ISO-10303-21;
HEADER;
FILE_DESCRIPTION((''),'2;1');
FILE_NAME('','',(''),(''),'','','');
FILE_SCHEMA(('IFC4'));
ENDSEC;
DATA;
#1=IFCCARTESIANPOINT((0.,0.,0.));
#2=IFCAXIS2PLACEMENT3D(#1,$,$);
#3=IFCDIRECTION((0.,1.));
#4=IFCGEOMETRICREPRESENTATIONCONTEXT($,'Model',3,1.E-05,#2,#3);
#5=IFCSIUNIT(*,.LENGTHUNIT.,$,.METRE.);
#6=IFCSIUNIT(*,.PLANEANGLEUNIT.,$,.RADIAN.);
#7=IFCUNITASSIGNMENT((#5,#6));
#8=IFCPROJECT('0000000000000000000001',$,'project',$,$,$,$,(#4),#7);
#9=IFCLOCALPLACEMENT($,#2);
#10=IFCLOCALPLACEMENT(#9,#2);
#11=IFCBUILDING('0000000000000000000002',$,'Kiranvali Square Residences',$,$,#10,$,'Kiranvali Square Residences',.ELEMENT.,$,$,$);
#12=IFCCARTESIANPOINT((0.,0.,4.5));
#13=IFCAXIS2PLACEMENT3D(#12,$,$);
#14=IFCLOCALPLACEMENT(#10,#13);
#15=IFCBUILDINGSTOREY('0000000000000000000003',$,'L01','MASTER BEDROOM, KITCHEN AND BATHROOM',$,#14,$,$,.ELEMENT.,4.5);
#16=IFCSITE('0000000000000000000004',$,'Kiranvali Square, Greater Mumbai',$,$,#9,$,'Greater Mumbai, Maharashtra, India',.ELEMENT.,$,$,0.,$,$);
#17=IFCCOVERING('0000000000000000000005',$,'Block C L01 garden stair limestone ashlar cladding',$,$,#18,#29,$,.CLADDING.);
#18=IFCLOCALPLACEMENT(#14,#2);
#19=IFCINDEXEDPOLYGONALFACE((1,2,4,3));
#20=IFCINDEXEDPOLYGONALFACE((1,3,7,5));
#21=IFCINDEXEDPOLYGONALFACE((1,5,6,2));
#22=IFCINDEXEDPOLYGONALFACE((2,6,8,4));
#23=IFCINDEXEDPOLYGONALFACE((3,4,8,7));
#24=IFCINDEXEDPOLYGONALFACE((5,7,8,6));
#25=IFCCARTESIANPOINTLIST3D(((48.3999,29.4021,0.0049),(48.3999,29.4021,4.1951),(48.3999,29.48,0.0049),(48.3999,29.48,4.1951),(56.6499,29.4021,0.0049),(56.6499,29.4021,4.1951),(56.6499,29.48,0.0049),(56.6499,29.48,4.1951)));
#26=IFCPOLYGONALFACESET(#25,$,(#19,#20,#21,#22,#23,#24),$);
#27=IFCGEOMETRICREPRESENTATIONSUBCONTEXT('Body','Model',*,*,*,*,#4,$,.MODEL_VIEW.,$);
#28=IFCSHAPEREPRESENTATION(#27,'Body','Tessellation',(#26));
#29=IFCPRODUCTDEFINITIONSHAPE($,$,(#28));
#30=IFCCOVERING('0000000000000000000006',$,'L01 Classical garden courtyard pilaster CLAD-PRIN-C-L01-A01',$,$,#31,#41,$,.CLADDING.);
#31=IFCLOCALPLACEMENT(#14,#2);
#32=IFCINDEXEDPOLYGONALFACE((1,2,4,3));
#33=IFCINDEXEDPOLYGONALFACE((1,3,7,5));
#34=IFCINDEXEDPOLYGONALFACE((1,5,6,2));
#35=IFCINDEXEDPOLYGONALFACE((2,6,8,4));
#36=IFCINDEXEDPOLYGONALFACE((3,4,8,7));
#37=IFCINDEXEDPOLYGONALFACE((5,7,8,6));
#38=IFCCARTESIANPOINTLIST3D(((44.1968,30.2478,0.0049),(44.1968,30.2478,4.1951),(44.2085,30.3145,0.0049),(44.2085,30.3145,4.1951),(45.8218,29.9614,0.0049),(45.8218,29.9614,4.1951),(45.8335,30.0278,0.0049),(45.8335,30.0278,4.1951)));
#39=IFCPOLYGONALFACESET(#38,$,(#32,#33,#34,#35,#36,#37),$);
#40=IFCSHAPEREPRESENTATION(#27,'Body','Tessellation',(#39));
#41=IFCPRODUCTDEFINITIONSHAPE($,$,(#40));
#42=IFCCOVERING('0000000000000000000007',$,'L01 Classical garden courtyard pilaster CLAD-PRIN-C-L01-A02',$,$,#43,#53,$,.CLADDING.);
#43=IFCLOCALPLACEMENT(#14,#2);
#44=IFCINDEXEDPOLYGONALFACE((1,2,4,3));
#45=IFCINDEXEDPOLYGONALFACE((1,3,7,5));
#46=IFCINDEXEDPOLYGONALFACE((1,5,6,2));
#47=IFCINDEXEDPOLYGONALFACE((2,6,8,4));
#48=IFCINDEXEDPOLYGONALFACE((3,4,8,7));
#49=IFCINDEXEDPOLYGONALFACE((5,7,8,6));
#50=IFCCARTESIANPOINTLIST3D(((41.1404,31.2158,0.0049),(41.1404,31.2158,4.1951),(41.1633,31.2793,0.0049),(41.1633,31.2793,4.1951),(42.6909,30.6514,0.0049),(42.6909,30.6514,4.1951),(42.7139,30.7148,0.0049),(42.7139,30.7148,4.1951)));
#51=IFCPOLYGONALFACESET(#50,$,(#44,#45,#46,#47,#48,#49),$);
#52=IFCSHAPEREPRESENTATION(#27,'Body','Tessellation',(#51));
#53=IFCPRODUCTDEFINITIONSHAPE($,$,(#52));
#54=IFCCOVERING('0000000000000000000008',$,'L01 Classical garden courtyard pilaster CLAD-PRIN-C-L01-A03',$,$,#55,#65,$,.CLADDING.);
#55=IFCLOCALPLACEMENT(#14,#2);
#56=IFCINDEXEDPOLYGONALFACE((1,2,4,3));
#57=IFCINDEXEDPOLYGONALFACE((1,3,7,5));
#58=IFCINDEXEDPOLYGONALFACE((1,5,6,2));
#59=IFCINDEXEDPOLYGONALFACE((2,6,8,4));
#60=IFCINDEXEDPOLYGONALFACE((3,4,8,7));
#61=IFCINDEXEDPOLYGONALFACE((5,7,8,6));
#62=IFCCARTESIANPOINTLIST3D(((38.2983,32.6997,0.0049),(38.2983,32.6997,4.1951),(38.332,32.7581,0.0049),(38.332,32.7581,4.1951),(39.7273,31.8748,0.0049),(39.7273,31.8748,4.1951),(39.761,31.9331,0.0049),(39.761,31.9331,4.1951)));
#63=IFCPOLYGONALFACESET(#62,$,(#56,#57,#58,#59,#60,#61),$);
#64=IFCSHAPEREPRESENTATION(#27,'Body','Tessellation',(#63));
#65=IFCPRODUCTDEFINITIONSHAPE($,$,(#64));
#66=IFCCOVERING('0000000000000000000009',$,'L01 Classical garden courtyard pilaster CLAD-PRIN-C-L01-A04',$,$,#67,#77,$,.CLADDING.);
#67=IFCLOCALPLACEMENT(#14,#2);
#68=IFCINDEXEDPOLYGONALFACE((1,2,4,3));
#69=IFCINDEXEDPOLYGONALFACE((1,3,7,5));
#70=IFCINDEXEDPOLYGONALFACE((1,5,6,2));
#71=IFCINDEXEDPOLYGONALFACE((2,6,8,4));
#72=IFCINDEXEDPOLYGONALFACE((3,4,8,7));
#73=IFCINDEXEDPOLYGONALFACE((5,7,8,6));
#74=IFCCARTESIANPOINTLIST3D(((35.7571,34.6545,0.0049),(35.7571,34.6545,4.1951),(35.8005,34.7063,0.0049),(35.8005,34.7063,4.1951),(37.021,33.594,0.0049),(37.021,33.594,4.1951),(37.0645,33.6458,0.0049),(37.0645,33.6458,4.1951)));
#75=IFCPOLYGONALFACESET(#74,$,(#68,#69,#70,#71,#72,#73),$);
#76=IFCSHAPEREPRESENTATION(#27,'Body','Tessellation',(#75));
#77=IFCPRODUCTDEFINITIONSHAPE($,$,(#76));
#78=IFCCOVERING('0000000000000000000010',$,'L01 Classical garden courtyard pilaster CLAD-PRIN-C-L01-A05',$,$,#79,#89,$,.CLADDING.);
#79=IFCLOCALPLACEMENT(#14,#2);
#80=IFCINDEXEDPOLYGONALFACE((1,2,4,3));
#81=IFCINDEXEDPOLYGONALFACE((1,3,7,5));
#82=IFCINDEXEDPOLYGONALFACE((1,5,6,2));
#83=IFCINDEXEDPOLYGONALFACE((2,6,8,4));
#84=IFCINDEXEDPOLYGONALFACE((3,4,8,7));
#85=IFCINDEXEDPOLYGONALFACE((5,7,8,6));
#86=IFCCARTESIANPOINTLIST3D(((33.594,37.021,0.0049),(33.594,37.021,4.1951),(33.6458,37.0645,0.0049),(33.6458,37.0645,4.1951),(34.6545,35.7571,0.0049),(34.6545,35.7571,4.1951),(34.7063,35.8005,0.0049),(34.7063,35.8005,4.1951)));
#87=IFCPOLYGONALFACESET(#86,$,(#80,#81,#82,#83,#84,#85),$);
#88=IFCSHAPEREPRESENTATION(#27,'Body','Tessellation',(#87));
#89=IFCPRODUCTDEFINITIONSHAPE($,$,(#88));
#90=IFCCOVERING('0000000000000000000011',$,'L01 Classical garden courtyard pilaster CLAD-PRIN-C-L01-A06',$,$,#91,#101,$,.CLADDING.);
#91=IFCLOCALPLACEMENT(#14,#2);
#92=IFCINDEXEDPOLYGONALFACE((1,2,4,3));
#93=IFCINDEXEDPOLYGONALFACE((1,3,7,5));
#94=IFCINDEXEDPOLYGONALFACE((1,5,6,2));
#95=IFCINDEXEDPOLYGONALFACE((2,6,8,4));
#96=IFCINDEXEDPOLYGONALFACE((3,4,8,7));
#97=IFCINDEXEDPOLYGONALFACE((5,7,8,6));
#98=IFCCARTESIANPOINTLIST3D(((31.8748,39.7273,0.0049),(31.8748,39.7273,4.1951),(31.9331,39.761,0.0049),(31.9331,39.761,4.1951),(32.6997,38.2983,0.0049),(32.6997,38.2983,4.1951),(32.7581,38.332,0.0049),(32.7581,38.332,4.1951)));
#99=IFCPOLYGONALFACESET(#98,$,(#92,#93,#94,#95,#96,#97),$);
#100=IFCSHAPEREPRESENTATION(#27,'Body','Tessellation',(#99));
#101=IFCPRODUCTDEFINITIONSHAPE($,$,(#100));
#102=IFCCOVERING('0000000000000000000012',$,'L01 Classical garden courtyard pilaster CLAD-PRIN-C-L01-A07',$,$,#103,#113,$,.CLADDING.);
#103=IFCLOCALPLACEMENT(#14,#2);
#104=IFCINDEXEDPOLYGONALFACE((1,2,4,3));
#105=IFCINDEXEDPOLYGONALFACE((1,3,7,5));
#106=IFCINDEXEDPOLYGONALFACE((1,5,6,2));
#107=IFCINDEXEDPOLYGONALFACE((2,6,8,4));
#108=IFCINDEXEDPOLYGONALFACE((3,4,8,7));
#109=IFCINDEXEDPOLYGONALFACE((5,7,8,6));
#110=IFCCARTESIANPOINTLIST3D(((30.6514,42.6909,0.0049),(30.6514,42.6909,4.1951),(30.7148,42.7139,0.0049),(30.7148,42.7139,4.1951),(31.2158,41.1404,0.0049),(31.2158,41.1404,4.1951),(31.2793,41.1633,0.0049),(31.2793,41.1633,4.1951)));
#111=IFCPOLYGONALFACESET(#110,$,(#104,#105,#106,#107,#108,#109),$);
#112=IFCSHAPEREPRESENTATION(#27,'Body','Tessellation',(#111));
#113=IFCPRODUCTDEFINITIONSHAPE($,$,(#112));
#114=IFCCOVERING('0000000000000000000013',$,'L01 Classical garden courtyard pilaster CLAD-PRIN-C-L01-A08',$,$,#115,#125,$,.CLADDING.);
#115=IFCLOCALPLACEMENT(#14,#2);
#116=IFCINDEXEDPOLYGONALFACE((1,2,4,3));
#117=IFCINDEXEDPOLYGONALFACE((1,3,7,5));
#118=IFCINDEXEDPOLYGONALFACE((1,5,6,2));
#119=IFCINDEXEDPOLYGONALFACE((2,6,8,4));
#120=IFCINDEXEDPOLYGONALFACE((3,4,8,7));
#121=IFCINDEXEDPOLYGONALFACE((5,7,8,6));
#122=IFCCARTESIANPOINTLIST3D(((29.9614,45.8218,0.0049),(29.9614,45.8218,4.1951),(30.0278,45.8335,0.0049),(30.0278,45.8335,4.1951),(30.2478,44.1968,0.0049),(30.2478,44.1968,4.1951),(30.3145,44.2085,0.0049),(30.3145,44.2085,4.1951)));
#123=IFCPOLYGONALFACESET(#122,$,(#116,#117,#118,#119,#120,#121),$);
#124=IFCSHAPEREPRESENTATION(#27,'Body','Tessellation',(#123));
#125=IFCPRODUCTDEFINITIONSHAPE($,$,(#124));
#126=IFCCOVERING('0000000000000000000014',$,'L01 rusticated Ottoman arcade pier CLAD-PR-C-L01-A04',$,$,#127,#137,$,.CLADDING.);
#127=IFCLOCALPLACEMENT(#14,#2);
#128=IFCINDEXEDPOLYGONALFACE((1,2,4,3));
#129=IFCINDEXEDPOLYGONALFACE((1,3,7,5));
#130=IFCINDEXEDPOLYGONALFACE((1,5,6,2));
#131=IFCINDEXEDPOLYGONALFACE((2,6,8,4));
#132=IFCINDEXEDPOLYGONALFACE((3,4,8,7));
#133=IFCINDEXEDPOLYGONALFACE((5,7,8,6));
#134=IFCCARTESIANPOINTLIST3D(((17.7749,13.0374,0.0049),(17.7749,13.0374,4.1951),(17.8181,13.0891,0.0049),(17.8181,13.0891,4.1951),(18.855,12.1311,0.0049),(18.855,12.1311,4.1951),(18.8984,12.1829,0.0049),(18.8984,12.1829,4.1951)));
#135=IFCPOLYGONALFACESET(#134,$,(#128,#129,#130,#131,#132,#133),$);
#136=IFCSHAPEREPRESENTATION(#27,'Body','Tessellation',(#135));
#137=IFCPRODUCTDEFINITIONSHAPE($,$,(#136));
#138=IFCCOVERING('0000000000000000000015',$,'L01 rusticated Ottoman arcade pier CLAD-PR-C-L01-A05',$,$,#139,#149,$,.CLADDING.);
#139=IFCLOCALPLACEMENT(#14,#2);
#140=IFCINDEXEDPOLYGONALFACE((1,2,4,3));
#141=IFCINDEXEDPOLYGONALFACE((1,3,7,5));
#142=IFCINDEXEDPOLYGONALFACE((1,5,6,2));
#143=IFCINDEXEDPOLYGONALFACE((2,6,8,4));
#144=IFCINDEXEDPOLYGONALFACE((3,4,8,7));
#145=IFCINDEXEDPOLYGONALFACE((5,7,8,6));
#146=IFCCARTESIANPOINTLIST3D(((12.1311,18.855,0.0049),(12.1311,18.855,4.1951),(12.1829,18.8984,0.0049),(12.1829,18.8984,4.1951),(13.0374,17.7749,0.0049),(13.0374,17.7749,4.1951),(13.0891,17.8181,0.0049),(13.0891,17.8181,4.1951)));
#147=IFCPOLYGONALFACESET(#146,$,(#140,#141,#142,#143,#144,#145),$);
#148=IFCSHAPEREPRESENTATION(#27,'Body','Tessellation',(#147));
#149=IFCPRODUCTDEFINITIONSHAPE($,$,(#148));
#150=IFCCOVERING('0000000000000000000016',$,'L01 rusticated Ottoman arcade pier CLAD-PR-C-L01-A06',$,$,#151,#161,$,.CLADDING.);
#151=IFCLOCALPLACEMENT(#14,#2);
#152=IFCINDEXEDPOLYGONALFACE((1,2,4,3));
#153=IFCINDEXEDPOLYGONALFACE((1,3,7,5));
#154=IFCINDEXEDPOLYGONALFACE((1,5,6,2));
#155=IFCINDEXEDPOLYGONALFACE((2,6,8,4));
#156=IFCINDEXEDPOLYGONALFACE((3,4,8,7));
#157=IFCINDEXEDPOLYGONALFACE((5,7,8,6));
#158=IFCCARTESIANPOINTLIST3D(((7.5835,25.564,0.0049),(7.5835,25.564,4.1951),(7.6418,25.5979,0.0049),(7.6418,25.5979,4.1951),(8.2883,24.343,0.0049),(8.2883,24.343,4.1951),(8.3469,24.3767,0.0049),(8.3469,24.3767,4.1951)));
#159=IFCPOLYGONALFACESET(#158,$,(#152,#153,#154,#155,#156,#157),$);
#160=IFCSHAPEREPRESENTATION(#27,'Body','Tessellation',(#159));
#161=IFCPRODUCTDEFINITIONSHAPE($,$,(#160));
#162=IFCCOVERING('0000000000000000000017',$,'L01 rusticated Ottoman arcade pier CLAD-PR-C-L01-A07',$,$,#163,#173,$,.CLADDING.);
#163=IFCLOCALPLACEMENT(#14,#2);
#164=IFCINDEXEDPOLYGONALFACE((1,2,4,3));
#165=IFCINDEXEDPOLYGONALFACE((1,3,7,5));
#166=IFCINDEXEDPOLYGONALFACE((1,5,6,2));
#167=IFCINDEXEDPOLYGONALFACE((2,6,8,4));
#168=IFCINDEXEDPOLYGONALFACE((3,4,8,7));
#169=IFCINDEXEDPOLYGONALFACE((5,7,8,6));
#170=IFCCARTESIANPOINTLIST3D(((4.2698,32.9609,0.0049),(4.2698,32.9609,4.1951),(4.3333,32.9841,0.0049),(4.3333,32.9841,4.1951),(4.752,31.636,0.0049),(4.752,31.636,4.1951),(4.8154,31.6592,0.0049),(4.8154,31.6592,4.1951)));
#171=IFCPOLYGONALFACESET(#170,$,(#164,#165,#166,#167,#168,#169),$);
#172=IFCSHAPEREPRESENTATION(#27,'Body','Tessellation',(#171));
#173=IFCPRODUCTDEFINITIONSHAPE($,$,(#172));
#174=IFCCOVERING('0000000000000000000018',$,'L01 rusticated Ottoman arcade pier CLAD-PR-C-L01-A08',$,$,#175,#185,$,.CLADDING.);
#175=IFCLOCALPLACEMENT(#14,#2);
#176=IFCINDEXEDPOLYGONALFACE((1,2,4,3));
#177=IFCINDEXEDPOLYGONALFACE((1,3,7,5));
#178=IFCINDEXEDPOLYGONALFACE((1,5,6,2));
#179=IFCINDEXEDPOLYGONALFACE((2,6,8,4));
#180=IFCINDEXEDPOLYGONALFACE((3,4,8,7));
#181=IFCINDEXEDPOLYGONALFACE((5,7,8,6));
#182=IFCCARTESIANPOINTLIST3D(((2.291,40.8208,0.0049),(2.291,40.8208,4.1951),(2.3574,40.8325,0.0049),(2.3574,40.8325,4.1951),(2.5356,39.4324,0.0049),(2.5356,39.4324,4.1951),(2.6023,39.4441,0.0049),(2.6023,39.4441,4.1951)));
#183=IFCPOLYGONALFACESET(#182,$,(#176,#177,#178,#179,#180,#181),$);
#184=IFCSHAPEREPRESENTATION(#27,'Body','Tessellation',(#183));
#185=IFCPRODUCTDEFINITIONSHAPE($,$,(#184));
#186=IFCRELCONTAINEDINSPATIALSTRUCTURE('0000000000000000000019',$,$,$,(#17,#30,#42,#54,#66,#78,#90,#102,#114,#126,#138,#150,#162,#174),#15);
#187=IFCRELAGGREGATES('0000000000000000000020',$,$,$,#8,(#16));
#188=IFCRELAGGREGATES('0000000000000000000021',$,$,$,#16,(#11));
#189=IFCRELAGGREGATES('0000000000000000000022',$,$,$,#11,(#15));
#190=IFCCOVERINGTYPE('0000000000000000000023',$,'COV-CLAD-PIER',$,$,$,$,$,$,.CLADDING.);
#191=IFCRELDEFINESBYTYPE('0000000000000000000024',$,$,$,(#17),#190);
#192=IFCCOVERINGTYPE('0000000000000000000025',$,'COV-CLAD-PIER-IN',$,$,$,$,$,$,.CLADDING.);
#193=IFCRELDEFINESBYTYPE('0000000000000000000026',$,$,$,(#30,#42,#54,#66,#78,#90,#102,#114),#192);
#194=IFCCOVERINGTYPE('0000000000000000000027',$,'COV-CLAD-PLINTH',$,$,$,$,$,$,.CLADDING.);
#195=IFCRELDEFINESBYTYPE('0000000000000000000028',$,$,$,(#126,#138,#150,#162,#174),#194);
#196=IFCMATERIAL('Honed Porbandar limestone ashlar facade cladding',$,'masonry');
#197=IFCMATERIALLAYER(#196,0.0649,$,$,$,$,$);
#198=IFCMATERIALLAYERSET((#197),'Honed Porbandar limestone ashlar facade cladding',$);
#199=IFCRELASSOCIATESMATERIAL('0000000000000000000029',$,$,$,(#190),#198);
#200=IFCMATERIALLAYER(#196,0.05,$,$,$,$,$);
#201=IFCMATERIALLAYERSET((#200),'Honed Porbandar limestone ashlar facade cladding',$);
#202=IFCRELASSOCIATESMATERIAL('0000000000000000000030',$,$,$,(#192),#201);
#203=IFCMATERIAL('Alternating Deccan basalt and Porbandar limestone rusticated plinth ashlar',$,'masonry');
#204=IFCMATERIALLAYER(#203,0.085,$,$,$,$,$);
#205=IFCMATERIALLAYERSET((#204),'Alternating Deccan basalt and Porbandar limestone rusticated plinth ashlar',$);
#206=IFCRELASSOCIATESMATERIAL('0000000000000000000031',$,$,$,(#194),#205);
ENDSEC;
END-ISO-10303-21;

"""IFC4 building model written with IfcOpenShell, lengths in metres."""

from ifc_helpers import new_model, si_unit, direction, frame, origin, place, context, subcontext, project, spatial, polyline, outline, extrude, material, layer, layer_set, type_object, element, save


model = new_model("IFC4")

# Units and contexts
model_context = context("Model", 3, precision=1e-05, world=origin(), true_north=direction((0.0, 1.0)))
body_context = subcontext(model_context, "Body", "Model", "MODEL_VIEW")
ifc_project = project(units=[si_unit("LENGTHUNIT", "METRE"), si_unit("PLANEANGLEUNIT", "RADIAN")], contexts=[model_context])

# Site, building, storey
site_placement = place(None, origin())
site = spatial("IfcSite", under=ifc_project, at=site_placement, Name="Kiranvali Square, Greater Mumbai", LongName="Greater Mumbai, Maharashtra, India", CompositionType="ELEMENT", RefElevation=0.0)
building_placement = place(site_placement, origin())
building = spatial("IfcBuilding", under=site, at=building_placement, Name="Kiranvali Square Residences", LongName="Kiranvali Square Residences", CompositionType="ELEMENT")
storey_placement = place(building_placement, frame((0.0, 0.0, 4.5)))
storey = spatial("IfcBuildingStorey", under=building, at=storey_placement, Name="L01", Description="MASTER BEDROOM, KITCHEN AND BATHROOM", CompositionType="ELEMENT", Elevation=4.5)

# Coverings
ifc_material_1 = material(Name="Honed Porbandar limestone ashlar facade cladding", Category="masonry")
ifc_layer_1 = layer(ifc_material_1, 0.0649)
ifc_layer_set_1 = layer_set([ifc_layer_1], Name="Honed Porbandar limestone ashlar facade cladding")
covering_type_1 = type_object("IfcCoveringType", Name="COV-CLAD-PIER", PredefinedType="CLADDING", material=ifc_layer_set_1)
covering_1_placement = place(storey_placement, frame((0.0, 0.0, 0.0049)))
element("IfcCovering", 1, at=covering_1_placement, inside=storey, type_object=covering_type_1, Name="Block C L01 garden stair limestone ashlar cladding", PredefinedType="CLADDING", context=body_context, shape_type="SweptSolid", body=[
    extrude(outline(polyline([(48.3999, 29.4021), (56.6499, 29.4021), (56.6499, 29.48), (48.3999, 29.48), (48.3999, 29.4021)])), origin(), (0.0, 0.0, 1.0), 4.1902),
])
ifc_layer_2 = layer(ifc_material_1, 0.05)
ifc_layer_set_2 = layer_set([ifc_layer_2], Name="Honed Porbandar limestone ashlar facade cladding")
covering_type_2 = type_object("IfcCoveringType", Name="COV-CLAD-PIER-IN", PredefinedType="CLADDING", material=ifc_layer_set_2)
covering_2_placement = place(storey_placement, frame((0.0, 0.0, 0.0049)))
element("IfcCovering", 2, at=covering_2_placement, inside=storey, type_object=covering_type_2, Name="L01 Classical garden courtyard pilaster CLAD-PRIN-C-L01-A01", PredefinedType="CLADDING", context=body_context, shape_type="SweptSolid", body=[
    extrude(outline(polyline([(45.8335, 30.0278), (44.2085, 30.3145), (44.1968, 30.2478), (45.8218, 29.9614), (45.8335, 30.0278)])), origin(), (0.0, 0.0, 1.0), 4.1902),
])
covering_3_placement = place(storey_placement, frame((0.0, 0.0, 0.0049)))
element("IfcCovering", 3, at=covering_3_placement, inside=storey, type_object=covering_type_2, Name="L01 Classical garden courtyard pilaster CLAD-PRIN-C-L01-A02", PredefinedType="CLADDING", context=body_context, shape_type="SweptSolid", body=[
    extrude(outline(polyline([(42.7139, 30.7148), (41.1633, 31.2793), (41.1404, 31.2158), (42.6909, 30.6514), (42.7139, 30.7148)])), origin(), (0.0, 0.0, 1.0), 4.1902),
])
covering_4_placement = place(storey_placement, frame((0.0, 0.0, 0.0049)))
element("IfcCovering", 4, at=covering_4_placement, inside=storey, type_object=covering_type_2, Name="L01 Classical garden courtyard pilaster CLAD-PRIN-C-L01-A03", PredefinedType="CLADDING", context=body_context, shape_type="SweptSolid", body=[
    extrude(outline(polyline([(39.761, 31.9331), (38.332, 32.7581), (38.2983, 32.6997), (39.7273, 31.8748), (39.761, 31.9331)])), origin(), (0.0, 0.0, 1.0), 4.1902),
])
covering_5_placement = place(storey_placement, frame((0.0, 0.0, 0.0049)))
element("IfcCovering", 5, at=covering_5_placement, inside=storey, type_object=covering_type_2, Name="L01 Classical garden courtyard pilaster CLAD-PRIN-C-L01-A04", PredefinedType="CLADDING", context=body_context, shape_type="SweptSolid", body=[
    extrude(outline(polyline([(37.0645, 33.6458), (35.8005, 34.7063), (35.7571, 34.6545), (37.021, 33.594), (37.0645, 33.6458)])), origin(), (0.0, 0.0, 1.0), 4.1902),
])
covering_6_placement = place(storey_placement, frame((0.0, 0.0, 0.0049)))
element("IfcCovering", 6, at=covering_6_placement, inside=storey, type_object=covering_type_2, Name="L01 Classical garden courtyard pilaster CLAD-PRIN-C-L01-A05", PredefinedType="CLADDING", context=body_context, shape_type="SweptSolid", body=[
    extrude(outline(polyline([(34.7063, 35.8005), (33.6458, 37.0645), (33.594, 37.021), (34.6545, 35.7571), (34.7063, 35.8005)])), origin(), (0.0, 0.0, 1.0), 4.1902),
])
covering_7_placement = place(storey_placement, frame((0.0, 0.0, 0.0049)))
element("IfcCovering", 7, at=covering_7_placement, inside=storey, type_object=covering_type_2, Name="L01 Classical garden courtyard pilaster CLAD-PRIN-C-L01-A06", PredefinedType="CLADDING", context=body_context, shape_type="SweptSolid", body=[
    extrude(outline(polyline([(32.7581, 38.332), (31.9331, 39.761), (31.8748, 39.7273), (32.6997, 38.2983), (32.7581, 38.332)])), origin(), (0.0, 0.0, 1.0), 4.1902),
])
covering_8_placement = place(storey_placement, frame((0.0, 0.0, 0.0049)))
element("IfcCovering", 8, at=covering_8_placement, inside=storey, type_object=covering_type_2, Name="L01 Classical garden courtyard pilaster CLAD-PRIN-C-L01-A07", PredefinedType="CLADDING", context=body_context, shape_type="SweptSolid", body=[
    extrude(outline(polyline([(31.2793, 41.1633), (30.7148, 42.7139), (30.6514, 42.6909), (31.2158, 41.1404), (31.2793, 41.1633)])), origin(), (0.0, 0.0, 1.0), 4.1902),
])
covering_9_placement = place(storey_placement, frame((0.0, 0.0, 0.0049)))
element("IfcCovering", 9, at=covering_9_placement, inside=storey, type_object=covering_type_2, Name="L01 Classical garden courtyard pilaster CLAD-PRIN-C-L01-A08", PredefinedType="CLADDING", context=body_context, shape_type="SweptSolid", body=[
    extrude(outline(polyline([(30.3145, 44.2085), (30.0278, 45.8335), (29.9614, 45.8218), (30.2478, 44.1968), (30.3145, 44.2085)])), origin(), (0.0, 0.0, 1.0), 4.1902),
])
ifc_material_2 = material(Name="Alternating Deccan basalt and Porbandar limestone rusticated plinth ashlar", Category="masonry")
ifc_layer_3 = layer(ifc_material_2, 0.085)
ifc_layer_set_3 = layer_set([ifc_layer_3], Name="Alternating Deccan basalt and Porbandar limestone rusticated plinth ashlar")
covering_type_3 = type_object("IfcCoveringType", Name="COV-CLAD-PLINTH", PredefinedType="CLADDING", material=ifc_layer_set_3)
covering_10_placement = place(storey_placement, frame((0.0, 0.0, 0.0049)))
element("IfcCovering", 10, at=covering_10_placement, inside=storey, type_object=covering_type_3, Name="L01 rusticated Ottoman arcade pier CLAD-PR-C-L01-A04", PredefinedType="CLADDING", context=body_context, shape_type="SweptSolid", body=[
    extrude(outline(polyline([(17.7749, 13.0374), (18.855, 12.1311), (18.8984, 12.1829), (17.8181, 13.0891), (17.7749, 13.0374)])), origin(), (0.0, 0.0, 1.0), 4.1902),
])
covering_11_placement = place(storey_placement, frame((0.0, 0.0, 0.0049)))
element("IfcCovering", 11, at=covering_11_placement, inside=storey, type_object=covering_type_3, Name="L01 rusticated Ottoman arcade pier CLAD-PR-C-L01-A05", PredefinedType="CLADDING", context=body_context, shape_type="SweptSolid", body=[
    extrude(outline(polyline([(12.1311, 18.855), (13.0374, 17.7749), (13.0891, 17.8181), (12.1829, 18.8984), (12.1311, 18.855)])), origin(), (0.0, 0.0, 1.0), 4.1902),
])
covering_12_placement = place(storey_placement, frame((0.0, 0.0, 0.0049)))
element("IfcCovering", 12, at=covering_12_placement, inside=storey, type_object=covering_type_3, Name="L01 rusticated Ottoman arcade pier CLAD-PR-C-L01-A06", PredefinedType="CLADDING", context=body_context, shape_type="SweptSolid", body=[
    extrude(outline(polyline([(7.5835, 25.564), (8.2883, 24.343), (8.3469, 24.3767), (7.6418, 25.5979), (7.5835, 25.564)])), origin(), (0.0, 0.0, 1.0), 4.1902),
])
covering_13_placement = place(storey_placement, frame((0.0, 0.0, 0.0049)))
element("IfcCovering", 13, at=covering_13_placement, inside=storey, type_object=covering_type_3, Name="L01 rusticated Ottoman arcade pier CLAD-PR-C-L01-A07", PredefinedType="CLADDING", context=body_context, shape_type="SweptSolid", body=[
    extrude(outline(polyline([(4.2698, 32.9609), (4.752, 31.636), (4.8154, 31.6592), (4.3333, 32.9841), (4.2698, 32.9609)])), origin(), (0.0, 0.0, 1.0), 4.1902),
])
covering_14_placement = place(storey_placement, frame((0.0, 0.0, 0.0049)))
element("IfcCovering", 14, at=covering_14_placement, inside=storey, type_object=covering_type_3, Name="L01 rusticated Ottoman arcade pier CLAD-PR-C-L01-A08", PredefinedType="CLADDING", context=body_context, shape_type="SweptSolid", body=[
    extrude(outline(polyline([(2.291, 40.8208), (2.5356, 39.4324), (2.6023, 39.4441), (2.3574, 40.8325), (2.291, 40.8208)])), origin(), (0.0, 0.0, 1.0), 4.1902),
])

save(model, "model.ifc")
